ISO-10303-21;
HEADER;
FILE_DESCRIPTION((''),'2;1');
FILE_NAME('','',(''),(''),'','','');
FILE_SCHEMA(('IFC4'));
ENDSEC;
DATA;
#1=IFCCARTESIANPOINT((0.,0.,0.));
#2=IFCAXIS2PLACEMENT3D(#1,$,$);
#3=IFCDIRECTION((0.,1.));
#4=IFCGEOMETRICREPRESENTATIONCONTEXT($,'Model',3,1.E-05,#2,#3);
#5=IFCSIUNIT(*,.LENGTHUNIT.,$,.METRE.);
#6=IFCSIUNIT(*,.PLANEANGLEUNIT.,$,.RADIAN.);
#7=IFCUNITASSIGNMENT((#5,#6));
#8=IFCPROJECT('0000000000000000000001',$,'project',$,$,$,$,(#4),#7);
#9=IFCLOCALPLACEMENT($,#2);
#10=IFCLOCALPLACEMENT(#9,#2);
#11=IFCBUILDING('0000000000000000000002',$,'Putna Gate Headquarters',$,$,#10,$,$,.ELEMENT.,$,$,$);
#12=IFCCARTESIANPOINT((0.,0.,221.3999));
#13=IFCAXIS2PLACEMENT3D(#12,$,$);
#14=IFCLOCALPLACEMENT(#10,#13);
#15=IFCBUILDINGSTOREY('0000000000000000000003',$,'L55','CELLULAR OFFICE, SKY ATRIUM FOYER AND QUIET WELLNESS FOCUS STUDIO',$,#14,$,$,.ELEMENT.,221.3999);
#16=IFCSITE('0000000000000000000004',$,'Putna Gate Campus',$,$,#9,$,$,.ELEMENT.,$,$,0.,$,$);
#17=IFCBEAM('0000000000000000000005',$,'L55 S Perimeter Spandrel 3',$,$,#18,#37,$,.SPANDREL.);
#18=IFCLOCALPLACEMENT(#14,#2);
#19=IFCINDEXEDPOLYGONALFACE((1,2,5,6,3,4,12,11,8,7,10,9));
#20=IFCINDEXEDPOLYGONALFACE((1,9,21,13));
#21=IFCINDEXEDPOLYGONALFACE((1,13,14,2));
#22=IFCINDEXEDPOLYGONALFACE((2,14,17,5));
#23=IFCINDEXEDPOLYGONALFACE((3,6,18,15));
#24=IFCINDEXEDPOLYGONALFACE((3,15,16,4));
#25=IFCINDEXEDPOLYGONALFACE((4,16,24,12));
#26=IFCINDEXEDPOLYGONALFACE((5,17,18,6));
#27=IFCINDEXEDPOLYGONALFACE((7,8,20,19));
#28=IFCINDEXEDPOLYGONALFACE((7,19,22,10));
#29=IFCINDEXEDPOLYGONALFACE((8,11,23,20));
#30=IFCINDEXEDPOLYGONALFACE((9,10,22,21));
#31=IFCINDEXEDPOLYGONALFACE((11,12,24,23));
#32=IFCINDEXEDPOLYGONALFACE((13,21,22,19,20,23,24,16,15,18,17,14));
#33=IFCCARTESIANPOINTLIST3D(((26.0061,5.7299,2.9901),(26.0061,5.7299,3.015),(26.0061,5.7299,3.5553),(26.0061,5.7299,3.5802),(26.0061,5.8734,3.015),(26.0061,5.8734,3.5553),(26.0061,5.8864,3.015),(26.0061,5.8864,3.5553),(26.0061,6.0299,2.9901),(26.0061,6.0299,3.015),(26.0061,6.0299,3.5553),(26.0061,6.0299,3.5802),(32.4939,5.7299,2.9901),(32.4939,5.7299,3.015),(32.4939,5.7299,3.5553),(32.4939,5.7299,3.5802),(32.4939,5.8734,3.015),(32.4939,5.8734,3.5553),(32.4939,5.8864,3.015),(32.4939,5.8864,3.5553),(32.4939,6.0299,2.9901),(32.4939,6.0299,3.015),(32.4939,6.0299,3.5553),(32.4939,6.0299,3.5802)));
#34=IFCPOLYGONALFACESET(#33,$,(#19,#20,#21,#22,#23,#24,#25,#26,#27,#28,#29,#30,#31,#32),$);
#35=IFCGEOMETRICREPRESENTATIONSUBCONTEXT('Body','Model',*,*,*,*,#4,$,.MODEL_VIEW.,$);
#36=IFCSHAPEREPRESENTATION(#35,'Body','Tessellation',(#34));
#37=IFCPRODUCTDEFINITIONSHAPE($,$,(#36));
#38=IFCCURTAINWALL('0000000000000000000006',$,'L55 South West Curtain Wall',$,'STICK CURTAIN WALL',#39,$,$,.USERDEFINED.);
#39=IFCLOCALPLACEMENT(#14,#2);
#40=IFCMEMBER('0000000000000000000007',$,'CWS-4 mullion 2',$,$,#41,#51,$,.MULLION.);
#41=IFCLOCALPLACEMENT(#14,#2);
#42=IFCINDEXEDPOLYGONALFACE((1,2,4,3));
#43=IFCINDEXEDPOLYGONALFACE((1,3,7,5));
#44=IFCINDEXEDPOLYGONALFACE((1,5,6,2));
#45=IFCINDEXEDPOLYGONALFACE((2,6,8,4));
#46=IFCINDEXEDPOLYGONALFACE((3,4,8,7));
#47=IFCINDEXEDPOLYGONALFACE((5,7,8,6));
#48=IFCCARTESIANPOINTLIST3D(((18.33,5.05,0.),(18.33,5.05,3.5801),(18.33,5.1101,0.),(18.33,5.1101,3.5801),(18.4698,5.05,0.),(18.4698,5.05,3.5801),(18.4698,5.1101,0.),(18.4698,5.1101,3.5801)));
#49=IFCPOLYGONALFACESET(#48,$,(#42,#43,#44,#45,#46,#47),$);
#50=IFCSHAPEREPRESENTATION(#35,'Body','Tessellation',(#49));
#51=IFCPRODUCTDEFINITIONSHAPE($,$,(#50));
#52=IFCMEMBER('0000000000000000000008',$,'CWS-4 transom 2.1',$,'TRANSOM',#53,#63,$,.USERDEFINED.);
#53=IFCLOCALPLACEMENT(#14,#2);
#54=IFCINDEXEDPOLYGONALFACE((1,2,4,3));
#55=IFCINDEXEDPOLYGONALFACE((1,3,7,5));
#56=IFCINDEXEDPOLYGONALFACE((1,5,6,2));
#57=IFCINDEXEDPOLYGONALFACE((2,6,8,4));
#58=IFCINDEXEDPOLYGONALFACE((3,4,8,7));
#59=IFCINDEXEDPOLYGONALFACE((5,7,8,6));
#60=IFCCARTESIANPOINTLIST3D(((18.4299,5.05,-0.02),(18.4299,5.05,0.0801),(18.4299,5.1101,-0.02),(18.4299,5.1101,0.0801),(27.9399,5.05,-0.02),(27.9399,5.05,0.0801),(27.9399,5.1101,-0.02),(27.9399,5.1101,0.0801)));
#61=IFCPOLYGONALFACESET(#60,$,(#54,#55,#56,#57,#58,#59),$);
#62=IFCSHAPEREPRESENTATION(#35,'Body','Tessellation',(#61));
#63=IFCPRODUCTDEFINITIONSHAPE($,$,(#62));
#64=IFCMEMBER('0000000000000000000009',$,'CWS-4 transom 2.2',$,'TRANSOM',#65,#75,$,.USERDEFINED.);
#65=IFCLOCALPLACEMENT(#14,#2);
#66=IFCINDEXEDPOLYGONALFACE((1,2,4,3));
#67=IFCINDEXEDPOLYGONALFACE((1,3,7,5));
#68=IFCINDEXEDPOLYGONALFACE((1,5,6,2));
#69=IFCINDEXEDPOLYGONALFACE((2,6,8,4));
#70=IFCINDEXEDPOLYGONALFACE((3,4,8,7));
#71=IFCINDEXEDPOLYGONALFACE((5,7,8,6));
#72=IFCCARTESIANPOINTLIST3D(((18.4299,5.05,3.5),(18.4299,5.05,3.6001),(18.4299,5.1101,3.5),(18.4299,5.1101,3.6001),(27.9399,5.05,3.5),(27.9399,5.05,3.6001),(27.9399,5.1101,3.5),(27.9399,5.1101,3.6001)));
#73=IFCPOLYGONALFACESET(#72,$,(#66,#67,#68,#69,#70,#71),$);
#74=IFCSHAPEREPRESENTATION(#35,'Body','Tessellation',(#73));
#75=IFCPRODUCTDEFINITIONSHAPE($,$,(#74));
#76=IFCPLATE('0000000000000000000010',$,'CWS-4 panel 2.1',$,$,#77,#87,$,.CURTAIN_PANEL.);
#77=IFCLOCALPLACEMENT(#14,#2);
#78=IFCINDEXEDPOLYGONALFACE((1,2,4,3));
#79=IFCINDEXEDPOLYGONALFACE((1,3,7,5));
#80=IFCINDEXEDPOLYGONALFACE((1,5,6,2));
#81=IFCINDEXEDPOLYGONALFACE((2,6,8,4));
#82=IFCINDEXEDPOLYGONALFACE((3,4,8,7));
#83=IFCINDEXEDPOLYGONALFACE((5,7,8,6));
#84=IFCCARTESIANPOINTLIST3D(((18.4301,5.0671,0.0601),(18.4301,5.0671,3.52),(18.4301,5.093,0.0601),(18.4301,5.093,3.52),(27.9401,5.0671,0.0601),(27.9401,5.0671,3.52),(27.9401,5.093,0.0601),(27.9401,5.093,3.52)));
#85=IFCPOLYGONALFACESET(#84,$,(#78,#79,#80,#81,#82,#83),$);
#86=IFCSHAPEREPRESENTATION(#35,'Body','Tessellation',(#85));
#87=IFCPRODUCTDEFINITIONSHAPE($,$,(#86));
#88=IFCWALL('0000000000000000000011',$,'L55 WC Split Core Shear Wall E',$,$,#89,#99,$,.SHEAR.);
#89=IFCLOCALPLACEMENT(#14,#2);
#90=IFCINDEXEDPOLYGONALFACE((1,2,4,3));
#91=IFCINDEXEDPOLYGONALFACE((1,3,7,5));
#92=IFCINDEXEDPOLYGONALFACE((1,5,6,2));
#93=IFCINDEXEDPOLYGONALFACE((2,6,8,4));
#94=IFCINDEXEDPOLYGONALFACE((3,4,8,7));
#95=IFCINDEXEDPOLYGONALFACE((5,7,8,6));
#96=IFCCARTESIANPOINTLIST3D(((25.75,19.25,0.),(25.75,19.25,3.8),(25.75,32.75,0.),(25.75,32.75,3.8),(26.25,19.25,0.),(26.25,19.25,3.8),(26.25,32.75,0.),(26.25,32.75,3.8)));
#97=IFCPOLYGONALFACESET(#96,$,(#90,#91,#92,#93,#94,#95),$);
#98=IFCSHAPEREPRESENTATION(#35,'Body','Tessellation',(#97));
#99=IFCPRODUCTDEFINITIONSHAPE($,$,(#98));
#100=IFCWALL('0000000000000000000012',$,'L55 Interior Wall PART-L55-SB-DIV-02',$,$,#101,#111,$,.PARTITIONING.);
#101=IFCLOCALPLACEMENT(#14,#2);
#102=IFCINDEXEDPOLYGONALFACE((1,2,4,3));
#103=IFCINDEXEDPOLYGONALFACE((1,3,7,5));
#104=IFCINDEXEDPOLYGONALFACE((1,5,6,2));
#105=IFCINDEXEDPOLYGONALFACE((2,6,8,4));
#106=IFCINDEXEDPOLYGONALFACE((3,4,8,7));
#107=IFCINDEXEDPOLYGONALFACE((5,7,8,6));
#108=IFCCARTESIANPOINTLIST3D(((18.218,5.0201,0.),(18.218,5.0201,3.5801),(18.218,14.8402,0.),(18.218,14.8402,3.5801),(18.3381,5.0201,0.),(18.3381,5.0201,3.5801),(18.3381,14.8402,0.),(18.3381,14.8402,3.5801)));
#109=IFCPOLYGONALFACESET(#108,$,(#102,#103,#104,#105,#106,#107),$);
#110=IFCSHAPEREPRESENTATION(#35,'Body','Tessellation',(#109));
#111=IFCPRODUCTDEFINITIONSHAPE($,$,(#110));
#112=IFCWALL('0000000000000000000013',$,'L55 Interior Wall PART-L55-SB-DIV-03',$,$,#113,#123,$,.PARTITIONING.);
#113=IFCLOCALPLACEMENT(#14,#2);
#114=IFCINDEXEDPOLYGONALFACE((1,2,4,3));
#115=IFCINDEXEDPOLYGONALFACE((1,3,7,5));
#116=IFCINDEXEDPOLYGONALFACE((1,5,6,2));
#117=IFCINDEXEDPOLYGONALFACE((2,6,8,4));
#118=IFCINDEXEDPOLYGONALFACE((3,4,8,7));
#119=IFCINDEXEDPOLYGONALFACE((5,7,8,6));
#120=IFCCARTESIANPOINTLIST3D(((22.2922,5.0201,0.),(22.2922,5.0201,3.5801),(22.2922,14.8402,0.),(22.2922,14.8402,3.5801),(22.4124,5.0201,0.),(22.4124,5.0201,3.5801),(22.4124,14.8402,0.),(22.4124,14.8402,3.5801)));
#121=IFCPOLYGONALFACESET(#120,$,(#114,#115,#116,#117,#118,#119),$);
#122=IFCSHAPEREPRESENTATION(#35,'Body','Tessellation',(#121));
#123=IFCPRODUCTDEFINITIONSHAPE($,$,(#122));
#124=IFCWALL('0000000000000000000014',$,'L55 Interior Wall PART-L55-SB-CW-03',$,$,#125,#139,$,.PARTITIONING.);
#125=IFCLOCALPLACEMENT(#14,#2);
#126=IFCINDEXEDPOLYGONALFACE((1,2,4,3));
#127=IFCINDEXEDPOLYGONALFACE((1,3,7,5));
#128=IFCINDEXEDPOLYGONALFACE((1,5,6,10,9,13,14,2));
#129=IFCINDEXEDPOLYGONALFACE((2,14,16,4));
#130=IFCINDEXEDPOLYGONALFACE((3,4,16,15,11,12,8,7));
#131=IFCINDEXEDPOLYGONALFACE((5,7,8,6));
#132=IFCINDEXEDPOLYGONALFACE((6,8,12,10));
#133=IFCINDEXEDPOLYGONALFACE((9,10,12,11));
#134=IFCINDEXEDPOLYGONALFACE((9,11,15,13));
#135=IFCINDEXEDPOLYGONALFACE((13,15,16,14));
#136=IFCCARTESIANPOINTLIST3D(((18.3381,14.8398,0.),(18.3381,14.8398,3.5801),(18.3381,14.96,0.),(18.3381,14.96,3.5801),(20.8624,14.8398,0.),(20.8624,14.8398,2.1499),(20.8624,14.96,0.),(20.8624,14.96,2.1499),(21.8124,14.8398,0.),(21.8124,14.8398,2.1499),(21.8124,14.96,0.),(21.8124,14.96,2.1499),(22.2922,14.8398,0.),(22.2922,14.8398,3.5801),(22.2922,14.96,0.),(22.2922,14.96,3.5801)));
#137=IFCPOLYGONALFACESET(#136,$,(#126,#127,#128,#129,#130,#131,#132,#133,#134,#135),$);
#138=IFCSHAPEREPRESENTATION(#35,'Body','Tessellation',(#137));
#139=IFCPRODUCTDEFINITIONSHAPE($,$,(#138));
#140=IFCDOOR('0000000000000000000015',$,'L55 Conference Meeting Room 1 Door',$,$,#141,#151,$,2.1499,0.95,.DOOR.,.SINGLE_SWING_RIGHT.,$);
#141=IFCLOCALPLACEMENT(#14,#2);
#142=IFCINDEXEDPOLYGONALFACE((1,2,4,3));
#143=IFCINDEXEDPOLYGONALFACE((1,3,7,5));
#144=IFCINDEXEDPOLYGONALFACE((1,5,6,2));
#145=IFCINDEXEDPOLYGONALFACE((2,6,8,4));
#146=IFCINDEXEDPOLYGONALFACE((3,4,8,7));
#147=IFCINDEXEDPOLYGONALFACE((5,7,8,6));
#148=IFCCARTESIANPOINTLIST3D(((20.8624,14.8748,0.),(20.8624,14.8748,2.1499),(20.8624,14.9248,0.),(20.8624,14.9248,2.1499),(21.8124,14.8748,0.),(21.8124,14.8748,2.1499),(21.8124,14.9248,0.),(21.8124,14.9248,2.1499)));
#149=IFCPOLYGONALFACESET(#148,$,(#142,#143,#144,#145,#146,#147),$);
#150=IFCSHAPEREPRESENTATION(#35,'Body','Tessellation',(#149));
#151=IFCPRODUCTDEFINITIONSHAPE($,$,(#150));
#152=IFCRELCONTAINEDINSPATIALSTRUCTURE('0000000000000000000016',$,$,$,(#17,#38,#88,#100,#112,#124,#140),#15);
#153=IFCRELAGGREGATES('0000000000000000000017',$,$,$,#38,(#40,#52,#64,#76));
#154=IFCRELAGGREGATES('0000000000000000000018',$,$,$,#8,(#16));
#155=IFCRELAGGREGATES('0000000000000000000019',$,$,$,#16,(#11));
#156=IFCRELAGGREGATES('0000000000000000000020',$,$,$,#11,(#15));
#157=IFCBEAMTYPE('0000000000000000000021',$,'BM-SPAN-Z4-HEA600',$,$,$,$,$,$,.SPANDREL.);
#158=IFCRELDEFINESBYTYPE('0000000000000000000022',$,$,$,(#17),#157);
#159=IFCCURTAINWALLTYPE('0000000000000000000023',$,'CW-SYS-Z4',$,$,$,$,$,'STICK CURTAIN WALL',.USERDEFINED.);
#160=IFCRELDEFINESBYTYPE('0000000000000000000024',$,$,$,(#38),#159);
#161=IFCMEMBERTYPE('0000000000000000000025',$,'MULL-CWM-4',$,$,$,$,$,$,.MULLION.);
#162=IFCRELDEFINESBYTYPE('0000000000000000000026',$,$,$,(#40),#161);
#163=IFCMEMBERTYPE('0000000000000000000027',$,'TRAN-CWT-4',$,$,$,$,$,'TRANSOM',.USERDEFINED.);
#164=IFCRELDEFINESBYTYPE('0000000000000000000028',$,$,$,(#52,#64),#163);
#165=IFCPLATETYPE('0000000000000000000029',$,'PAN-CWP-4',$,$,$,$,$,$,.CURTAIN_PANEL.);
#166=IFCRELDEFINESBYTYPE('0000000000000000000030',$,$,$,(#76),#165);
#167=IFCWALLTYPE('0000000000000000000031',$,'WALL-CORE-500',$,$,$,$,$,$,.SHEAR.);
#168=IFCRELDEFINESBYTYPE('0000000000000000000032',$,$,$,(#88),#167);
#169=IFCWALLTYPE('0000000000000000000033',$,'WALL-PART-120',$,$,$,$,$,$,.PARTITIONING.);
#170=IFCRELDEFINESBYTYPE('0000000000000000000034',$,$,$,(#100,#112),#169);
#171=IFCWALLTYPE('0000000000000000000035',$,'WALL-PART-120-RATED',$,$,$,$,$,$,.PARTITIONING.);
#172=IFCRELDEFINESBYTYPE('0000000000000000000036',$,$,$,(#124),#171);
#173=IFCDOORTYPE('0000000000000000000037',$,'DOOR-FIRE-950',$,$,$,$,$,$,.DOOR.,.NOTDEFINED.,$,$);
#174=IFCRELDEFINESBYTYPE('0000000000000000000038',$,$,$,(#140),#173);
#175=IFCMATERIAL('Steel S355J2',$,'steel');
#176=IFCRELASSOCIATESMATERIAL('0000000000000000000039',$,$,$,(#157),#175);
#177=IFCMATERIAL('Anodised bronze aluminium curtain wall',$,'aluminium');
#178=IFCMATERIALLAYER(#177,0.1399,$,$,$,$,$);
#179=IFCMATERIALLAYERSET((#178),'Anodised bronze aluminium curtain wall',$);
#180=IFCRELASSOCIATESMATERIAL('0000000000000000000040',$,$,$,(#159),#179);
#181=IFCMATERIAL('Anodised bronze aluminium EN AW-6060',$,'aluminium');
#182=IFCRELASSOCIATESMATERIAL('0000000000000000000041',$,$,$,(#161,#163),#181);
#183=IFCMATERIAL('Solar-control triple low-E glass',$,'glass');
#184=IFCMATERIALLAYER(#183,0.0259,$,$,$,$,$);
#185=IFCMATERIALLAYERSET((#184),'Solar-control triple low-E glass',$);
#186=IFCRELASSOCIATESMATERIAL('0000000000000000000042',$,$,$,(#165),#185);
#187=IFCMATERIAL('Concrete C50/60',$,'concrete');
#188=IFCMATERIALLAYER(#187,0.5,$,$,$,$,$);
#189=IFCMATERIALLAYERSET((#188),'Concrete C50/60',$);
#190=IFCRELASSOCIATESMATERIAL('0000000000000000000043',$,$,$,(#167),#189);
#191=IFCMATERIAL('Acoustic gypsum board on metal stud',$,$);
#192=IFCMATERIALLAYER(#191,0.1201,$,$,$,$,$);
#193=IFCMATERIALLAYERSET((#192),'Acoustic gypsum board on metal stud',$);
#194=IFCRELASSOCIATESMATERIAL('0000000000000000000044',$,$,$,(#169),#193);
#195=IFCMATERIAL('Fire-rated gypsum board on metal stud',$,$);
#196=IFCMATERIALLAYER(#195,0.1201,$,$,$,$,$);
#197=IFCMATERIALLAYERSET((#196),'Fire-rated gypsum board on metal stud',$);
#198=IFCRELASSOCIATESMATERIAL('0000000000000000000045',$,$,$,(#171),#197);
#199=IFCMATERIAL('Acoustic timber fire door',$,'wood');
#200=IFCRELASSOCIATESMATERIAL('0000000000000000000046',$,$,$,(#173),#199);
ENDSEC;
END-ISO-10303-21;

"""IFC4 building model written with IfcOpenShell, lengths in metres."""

from ifc_helpers import new_model, si_unit, direction, frame, frame_2d, origin, origin_2d, place, context, subcontext, project, spatial, rectangle, i_section, extrude, material, layer, layer_set, material_profile, profile_set, type_object, element, fill, aggregate, save


model = new_model("IFC4")

# Units and contexts
model_context = context("Model", 3, precision=1e-05, world=origin(), true_north=direction((0.0, 1.0)))
body_context = subcontext(model_context, "Body", "Model", "MODEL_VIEW")
ifc_project = project(units=[si_unit("LENGTHUNIT", "METRE"), si_unit("PLANEANGLEUNIT", "RADIAN")], contexts=[model_context])

# Site, building, storey
site_placement = place(None, origin())
site = spatial("IfcSite", under=ifc_project, at=site_placement, Name="Putna Gate Campus", CompositionType="ELEMENT", RefElevation=0.0)
building_placement = place(site_placement, origin())
building = spatial("IfcBuilding", under=site, at=building_placement, Name="Putna Gate Headquarters", CompositionType="ELEMENT")
storey_placement = place(building_placement, frame((0.0, 0.0, 221.3999)))
storey = spatial("IfcBuildingStorey", under=building, at=storey_placement, Name="L55", Description="CELLULAR OFFICE, SKY ATRIUM FOYER AND QUIET WELLNESS FOCUS STUDIO", CompositionType="ELEMENT", Elevation=221.3999)

# Beam
ifc_material_1 = material(Name="Steel S355J2", Category="steel")
ifc_material_profile_1 = material_profile(ifc_material_1, i_section(OverallWidth=0.3, OverallDepth=0.5901, WebThickness=0.0129, FlangeThickness=0.0249, at=origin_2d()), Name="Steel S355J2")
ifc_profile_set_1 = profile_set([ifc_material_profile_1], Name="Steel S355J2")
beam_type_1 = type_object("IfcBeamType", Name="BM-SPAN-Z4-HEA600", PredefinedType="SPANDREL", material=ifc_profile_set_1)
for number, where, z_axis, x_axis, name in (
    (1, (26.0061, 5.8799, 3.2852), (1.0, 0.0, 0.0), (0.0, 1.0, 0.0), "L55 S Perimeter Spandrel 3"),
):
    element("IfcBeam", number, at=place(storey_placement, frame(where, z_axis=z_axis, x_axis=x_axis)), inside=storey, type_object=beam_type_1, Name=name, PredefinedType="SPANDREL", context=body_context, shape_type="SweptSolid", body=[
        extrude(i_section(OverallWidth=0.3, OverallDepth=0.5901, WebThickness=0.0129, FlangeThickness=0.0249, at=origin_2d()), origin(), (0.0, 0.0, 1.0), 6.4878),
    ])

# Curtain wall, members, plate
ifc_material_2 = material(Name="Anodised bronze aluminium curtain wall", Category="aluminium")
ifc_layer_1 = layer(ifc_material_2, 0.1399)
ifc_layer_set_1 = layer_set([ifc_layer_1], Name="Anodised bronze aluminium curtain wall")
curtain_wall_type = type_object("IfcCurtainWallType", Name="CW-SYS-Z4", ElementType="STICK CURTAIN WALL", PredefinedType="USERDEFINED", material=ifc_layer_set_1)
curtain_wall_placement = place(storey_placement, origin())
curtain_wall = element("IfcCurtainWall", 2, at=curtain_wall_placement, inside=storey, type_object=curtain_wall_type, Name="L55 South West Curtain Wall", ObjectType="STICK CURTAIN WALL", PredefinedType="USERDEFINED")
ifc_material_3 = material(Name="Anodised bronze aluminium EN AW-6060", Category="aluminium")
ifc_material_profile_2 = material_profile(ifc_material_3, rectangle(XDim=0.0601, YDim=0.1399, at=origin_2d()), Name="Anodised bronze aluminium EN AW-6060")
ifc_profile_set_2 = profile_set([ifc_material_profile_2], Name="Anodised bronze aluminium EN AW-6060")
member_type_1 = type_object("IfcMemberType", Name="MULL-CWM-4", PredefinedType="MULLION", material=ifc_profile_set_2)
member_1_placement = place(storey_placement, frame((18.3999, 5.0801, 0.0), z_axis=(0.0, 0.0, 1.0), x_axis=(0.0, 1.0, 0.0)))
member_1 = element("IfcMember", 3, at=member_1_placement, type_object=member_type_1, Name="CWS-4 mullion 2", PredefinedType="MULLION", context=body_context, shape_type="SweptSolid", body=[
    extrude(rectangle(XDim=0.0601, YDim=0.1399, at=origin_2d()), origin(), (0.0, 0.0, 1.0), 3.5801),
])
ifc_material_profile_3 = material_profile(ifc_material_3, rectangle(XDim=0.0601, YDim=0.1001, at=origin_2d()), Name="Anodised bronze aluminium EN AW-6060")
ifc_profile_set_3 = profile_set([ifc_material_profile_3], Name="Anodised bronze aluminium EN AW-6060")
member_type_2 = type_object("IfcMemberType", Name="TRAN-CWT-4", ElementType="TRANSOM", PredefinedType="USERDEFINED", material=ifc_profile_set_3)
member_2_placement = place(storey_placement, frame((18.4299, 5.0801, 0.03), z_axis=(1.0, 0.0, 0.0), x_axis=(0.0, 1.0, 0.0)))
member_2 = element("IfcMember", 4, at=member_2_placement, type_object=member_type_2, Name="CWS-4 transom 2.1", ObjectType="TRANSOM", PredefinedType="USERDEFINED", context=body_context, shape_type="SweptSolid", body=[
    extrude(rectangle(XDim=0.0601, YDim=0.1001, at=origin_2d()), origin(), (0.0, 0.0, 1.0), 9.51),
])
member_3_placement = place(storey_placement, frame((18.4299, 5.0801, 3.55), z_axis=(1.0, 0.0, 0.0), x_axis=(0.0, 1.0, 0.0)))
member_3 = element("IfcMember", 5, at=member_3_placement, type_object=member_type_2, Name="CWS-4 transom 2.2", ObjectType="TRANSOM", PredefinedType="USERDEFINED", context=body_context, shape_type="SweptSolid", body=[
    extrude(rectangle(XDim=0.0601, YDim=0.1001, at=origin_2d()), origin(), (0.0, 0.0, 1.0), 9.51),
])
ifc_material_4 = material(Name="Solar-control triple low-E glass", Category="glass")
ifc_layer_2 = layer(ifc_material_4, 0.0259)
ifc_layer_set_2 = layer_set([ifc_layer_2], Name="Solar-control triple low-E glass")
plate_type = type_object("IfcPlateType", Name="PAN-CWP-4", PredefinedType="CURTAIN_PANEL", material=ifc_layer_set_2)
plate_placement = place(storey_placement, frame((23.1851, 5.0801, 0.0601), z_axis=(0.0, 0.0, 1.0), x_axis=(1.0, 0.0, 0.0)))
plate = element("IfcPlate", 6, at=plate_placement, type_object=plate_type, Name="CWS-4 panel 2.1", PredefinedType="CURTAIN_PANEL", context=body_context, shape_type="SweptSolid", body=[
    extrude(rectangle(XDim=9.51, YDim=0.0259, at=origin_2d()), origin(), (0.0, 0.0, 1.0), 3.46),
])
aggregate(curtain_wall, [member_1, member_2, member_3, plate])

# Walls
ifc_material_5 = material(Name="Concrete C50/60", Category="concrete")
ifc_layer_3 = layer(ifc_material_5, 0.5)
ifc_layer_set_3 = layer_set([ifc_layer_3], Name="Concrete C50/60")
wall_type_1 = type_object("IfcWallType", Name="WALL-CORE-500", PredefinedType="SHEAR", material=ifc_layer_set_3)
wall_1_placement = place(storey_placement, frame((26.0, 19.25, 0.0), z_axis=(0.0, 0.0, 1.0), x_axis=(0.0, 1.0, 0.0)))
element("IfcWall", 7, at=wall_1_placement, inside=storey, type_object=wall_type_1, Name="L55 WC Split Core Shear Wall E", PredefinedType="SHEAR", context=body_context, shape_type="SweptSolid", body=[
    extrude(rectangle(XDim=13.5, YDim=0.5, at=frame_2d((6.75, 0.0))), origin(), (0.0, 0.0, 1.0), 3.8),
])
ifc_material_6 = material(Name="Acoustic gypsum board on metal stud")
ifc_layer_4 = layer(ifc_material_6, 0.1201)
ifc_layer_set_4 = layer_set([ifc_layer_4], Name="Acoustic gypsum board on metal stud")
wall_type_2 = type_object("IfcWallType", Name="WALL-PART-120", PredefinedType="PARTITIONING", material=ifc_layer_set_4)
for number, where, z_axis, x_axis, name in (
    (8, (18.2781, 5.02, 0.0), (0.0, 0.0, 1.0), (0.0, 1.0, 0.0), "L55 Interior Wall PART-L55-SB-DIV-02"),
    (9, (22.3523, 5.02, 0.0), (0.0, 0.0, 1.0), (0.0, 1.0, 0.0), "L55 Interior Wall PART-L55-SB-DIV-03"),
):
    element("IfcWall", number, at=place(storey_placement, frame(where, z_axis=z_axis, x_axis=x_axis)), inside=storey, type_object=wall_type_2, Name=name, PredefinedType="PARTITIONING", context=body_context, shape_type="SweptSolid", body=[
        extrude(rectangle(XDim=9.8201, YDim=0.1201, at=frame_2d((4.9102, 0.0))), origin(), (0.0, 0.0, 1.0), 3.5801),
    ])

# Wall, opening, door
ifc_material_7 = material(Name="Fire-rated gypsum board on metal stud")
ifc_layer_5 = layer(ifc_material_7, 0.1201)
ifc_layer_set_5 = layer_set([ifc_layer_5], Name="Fire-rated gypsum board on metal stud")
wall_type_3 = type_object("IfcWallType", Name="WALL-PART-120-RATED", PredefinedType="PARTITIONING", material=ifc_layer_set_5)
wall_2_placement = place(storey_placement, frame((18.3381, 14.8999, 0.0), z_axis=(0.0, 0.0, 1.0), x_axis=(1.0, 0.0, 0.0)))
wall_2 = element("IfcWall", 10, at=wall_2_placement, inside=storey, type_object=wall_type_3, Name="L55 Interior Wall PART-L55-SB-CW-03", PredefinedType="PARTITIONING", context=body_context, shape_type="SweptSolid", body=[
    extrude(rectangle(XDim=3.9541, YDim=0.1201, at=frame_2d((1.9771, 0.0))), origin(), (0.0, 0.0, 1.0), 3.5801),
])
opening_1_placement = place(wall_2_placement, frame((2.5242, 0.0, 0.0)))
opening_1 = element("IfcOpeningElement", 11, at=opening_1_placement, cuts=wall_2, PredefinedType="OPENING", context=body_context, shape_type="SweptSolid", body=[
    extrude(rectangle(XDim=0.95, YDim=2.1499, at=frame_2d((0.4751, 1.075))), frame((0.0, 0.0701, 0.0), z_axis=(0.0, -1.0, 0.0), x_axis=(1.0, 0.0, 0.0)), (0.0, 0.0, 1.0), 0.1401),
])
ifc_material_8 = material(Name="Acoustic timber fire door", Category="wood")
door_type_1 = type_object("IfcDoorType", Name="DOOR-FIRE-950", OperationType="NOTDEFINED", PredefinedType="DOOR", material=ifc_material_8)
door_1_placement = place(opening_1_placement, origin())
door_1 = element("IfcDoor", 12, at=door_1_placement, inside=storey, type_object=door_type_1, Name="L55 Conference Meeting Room 1 Door", OperationType="SINGLE_SWING_RIGHT", OverallHeight=2.1499, OverallWidth=0.95, PredefinedType="DOOR", context=body_context, shape_type="SweptSolid", body=[
    extrude(rectangle(XDim=0.95, YDim=2.1499, at=frame_2d((0.4751, 1.075))), frame((0.0, 0.0249, 0.0), z_axis=(0.0, -1.0, 0.0), x_axis=(1.0, 0.0, 0.0)), (0.0, 0.0, 1.0), 0.05),
])
fill(opening_1, door_1)

save(model, "model.ifc")
